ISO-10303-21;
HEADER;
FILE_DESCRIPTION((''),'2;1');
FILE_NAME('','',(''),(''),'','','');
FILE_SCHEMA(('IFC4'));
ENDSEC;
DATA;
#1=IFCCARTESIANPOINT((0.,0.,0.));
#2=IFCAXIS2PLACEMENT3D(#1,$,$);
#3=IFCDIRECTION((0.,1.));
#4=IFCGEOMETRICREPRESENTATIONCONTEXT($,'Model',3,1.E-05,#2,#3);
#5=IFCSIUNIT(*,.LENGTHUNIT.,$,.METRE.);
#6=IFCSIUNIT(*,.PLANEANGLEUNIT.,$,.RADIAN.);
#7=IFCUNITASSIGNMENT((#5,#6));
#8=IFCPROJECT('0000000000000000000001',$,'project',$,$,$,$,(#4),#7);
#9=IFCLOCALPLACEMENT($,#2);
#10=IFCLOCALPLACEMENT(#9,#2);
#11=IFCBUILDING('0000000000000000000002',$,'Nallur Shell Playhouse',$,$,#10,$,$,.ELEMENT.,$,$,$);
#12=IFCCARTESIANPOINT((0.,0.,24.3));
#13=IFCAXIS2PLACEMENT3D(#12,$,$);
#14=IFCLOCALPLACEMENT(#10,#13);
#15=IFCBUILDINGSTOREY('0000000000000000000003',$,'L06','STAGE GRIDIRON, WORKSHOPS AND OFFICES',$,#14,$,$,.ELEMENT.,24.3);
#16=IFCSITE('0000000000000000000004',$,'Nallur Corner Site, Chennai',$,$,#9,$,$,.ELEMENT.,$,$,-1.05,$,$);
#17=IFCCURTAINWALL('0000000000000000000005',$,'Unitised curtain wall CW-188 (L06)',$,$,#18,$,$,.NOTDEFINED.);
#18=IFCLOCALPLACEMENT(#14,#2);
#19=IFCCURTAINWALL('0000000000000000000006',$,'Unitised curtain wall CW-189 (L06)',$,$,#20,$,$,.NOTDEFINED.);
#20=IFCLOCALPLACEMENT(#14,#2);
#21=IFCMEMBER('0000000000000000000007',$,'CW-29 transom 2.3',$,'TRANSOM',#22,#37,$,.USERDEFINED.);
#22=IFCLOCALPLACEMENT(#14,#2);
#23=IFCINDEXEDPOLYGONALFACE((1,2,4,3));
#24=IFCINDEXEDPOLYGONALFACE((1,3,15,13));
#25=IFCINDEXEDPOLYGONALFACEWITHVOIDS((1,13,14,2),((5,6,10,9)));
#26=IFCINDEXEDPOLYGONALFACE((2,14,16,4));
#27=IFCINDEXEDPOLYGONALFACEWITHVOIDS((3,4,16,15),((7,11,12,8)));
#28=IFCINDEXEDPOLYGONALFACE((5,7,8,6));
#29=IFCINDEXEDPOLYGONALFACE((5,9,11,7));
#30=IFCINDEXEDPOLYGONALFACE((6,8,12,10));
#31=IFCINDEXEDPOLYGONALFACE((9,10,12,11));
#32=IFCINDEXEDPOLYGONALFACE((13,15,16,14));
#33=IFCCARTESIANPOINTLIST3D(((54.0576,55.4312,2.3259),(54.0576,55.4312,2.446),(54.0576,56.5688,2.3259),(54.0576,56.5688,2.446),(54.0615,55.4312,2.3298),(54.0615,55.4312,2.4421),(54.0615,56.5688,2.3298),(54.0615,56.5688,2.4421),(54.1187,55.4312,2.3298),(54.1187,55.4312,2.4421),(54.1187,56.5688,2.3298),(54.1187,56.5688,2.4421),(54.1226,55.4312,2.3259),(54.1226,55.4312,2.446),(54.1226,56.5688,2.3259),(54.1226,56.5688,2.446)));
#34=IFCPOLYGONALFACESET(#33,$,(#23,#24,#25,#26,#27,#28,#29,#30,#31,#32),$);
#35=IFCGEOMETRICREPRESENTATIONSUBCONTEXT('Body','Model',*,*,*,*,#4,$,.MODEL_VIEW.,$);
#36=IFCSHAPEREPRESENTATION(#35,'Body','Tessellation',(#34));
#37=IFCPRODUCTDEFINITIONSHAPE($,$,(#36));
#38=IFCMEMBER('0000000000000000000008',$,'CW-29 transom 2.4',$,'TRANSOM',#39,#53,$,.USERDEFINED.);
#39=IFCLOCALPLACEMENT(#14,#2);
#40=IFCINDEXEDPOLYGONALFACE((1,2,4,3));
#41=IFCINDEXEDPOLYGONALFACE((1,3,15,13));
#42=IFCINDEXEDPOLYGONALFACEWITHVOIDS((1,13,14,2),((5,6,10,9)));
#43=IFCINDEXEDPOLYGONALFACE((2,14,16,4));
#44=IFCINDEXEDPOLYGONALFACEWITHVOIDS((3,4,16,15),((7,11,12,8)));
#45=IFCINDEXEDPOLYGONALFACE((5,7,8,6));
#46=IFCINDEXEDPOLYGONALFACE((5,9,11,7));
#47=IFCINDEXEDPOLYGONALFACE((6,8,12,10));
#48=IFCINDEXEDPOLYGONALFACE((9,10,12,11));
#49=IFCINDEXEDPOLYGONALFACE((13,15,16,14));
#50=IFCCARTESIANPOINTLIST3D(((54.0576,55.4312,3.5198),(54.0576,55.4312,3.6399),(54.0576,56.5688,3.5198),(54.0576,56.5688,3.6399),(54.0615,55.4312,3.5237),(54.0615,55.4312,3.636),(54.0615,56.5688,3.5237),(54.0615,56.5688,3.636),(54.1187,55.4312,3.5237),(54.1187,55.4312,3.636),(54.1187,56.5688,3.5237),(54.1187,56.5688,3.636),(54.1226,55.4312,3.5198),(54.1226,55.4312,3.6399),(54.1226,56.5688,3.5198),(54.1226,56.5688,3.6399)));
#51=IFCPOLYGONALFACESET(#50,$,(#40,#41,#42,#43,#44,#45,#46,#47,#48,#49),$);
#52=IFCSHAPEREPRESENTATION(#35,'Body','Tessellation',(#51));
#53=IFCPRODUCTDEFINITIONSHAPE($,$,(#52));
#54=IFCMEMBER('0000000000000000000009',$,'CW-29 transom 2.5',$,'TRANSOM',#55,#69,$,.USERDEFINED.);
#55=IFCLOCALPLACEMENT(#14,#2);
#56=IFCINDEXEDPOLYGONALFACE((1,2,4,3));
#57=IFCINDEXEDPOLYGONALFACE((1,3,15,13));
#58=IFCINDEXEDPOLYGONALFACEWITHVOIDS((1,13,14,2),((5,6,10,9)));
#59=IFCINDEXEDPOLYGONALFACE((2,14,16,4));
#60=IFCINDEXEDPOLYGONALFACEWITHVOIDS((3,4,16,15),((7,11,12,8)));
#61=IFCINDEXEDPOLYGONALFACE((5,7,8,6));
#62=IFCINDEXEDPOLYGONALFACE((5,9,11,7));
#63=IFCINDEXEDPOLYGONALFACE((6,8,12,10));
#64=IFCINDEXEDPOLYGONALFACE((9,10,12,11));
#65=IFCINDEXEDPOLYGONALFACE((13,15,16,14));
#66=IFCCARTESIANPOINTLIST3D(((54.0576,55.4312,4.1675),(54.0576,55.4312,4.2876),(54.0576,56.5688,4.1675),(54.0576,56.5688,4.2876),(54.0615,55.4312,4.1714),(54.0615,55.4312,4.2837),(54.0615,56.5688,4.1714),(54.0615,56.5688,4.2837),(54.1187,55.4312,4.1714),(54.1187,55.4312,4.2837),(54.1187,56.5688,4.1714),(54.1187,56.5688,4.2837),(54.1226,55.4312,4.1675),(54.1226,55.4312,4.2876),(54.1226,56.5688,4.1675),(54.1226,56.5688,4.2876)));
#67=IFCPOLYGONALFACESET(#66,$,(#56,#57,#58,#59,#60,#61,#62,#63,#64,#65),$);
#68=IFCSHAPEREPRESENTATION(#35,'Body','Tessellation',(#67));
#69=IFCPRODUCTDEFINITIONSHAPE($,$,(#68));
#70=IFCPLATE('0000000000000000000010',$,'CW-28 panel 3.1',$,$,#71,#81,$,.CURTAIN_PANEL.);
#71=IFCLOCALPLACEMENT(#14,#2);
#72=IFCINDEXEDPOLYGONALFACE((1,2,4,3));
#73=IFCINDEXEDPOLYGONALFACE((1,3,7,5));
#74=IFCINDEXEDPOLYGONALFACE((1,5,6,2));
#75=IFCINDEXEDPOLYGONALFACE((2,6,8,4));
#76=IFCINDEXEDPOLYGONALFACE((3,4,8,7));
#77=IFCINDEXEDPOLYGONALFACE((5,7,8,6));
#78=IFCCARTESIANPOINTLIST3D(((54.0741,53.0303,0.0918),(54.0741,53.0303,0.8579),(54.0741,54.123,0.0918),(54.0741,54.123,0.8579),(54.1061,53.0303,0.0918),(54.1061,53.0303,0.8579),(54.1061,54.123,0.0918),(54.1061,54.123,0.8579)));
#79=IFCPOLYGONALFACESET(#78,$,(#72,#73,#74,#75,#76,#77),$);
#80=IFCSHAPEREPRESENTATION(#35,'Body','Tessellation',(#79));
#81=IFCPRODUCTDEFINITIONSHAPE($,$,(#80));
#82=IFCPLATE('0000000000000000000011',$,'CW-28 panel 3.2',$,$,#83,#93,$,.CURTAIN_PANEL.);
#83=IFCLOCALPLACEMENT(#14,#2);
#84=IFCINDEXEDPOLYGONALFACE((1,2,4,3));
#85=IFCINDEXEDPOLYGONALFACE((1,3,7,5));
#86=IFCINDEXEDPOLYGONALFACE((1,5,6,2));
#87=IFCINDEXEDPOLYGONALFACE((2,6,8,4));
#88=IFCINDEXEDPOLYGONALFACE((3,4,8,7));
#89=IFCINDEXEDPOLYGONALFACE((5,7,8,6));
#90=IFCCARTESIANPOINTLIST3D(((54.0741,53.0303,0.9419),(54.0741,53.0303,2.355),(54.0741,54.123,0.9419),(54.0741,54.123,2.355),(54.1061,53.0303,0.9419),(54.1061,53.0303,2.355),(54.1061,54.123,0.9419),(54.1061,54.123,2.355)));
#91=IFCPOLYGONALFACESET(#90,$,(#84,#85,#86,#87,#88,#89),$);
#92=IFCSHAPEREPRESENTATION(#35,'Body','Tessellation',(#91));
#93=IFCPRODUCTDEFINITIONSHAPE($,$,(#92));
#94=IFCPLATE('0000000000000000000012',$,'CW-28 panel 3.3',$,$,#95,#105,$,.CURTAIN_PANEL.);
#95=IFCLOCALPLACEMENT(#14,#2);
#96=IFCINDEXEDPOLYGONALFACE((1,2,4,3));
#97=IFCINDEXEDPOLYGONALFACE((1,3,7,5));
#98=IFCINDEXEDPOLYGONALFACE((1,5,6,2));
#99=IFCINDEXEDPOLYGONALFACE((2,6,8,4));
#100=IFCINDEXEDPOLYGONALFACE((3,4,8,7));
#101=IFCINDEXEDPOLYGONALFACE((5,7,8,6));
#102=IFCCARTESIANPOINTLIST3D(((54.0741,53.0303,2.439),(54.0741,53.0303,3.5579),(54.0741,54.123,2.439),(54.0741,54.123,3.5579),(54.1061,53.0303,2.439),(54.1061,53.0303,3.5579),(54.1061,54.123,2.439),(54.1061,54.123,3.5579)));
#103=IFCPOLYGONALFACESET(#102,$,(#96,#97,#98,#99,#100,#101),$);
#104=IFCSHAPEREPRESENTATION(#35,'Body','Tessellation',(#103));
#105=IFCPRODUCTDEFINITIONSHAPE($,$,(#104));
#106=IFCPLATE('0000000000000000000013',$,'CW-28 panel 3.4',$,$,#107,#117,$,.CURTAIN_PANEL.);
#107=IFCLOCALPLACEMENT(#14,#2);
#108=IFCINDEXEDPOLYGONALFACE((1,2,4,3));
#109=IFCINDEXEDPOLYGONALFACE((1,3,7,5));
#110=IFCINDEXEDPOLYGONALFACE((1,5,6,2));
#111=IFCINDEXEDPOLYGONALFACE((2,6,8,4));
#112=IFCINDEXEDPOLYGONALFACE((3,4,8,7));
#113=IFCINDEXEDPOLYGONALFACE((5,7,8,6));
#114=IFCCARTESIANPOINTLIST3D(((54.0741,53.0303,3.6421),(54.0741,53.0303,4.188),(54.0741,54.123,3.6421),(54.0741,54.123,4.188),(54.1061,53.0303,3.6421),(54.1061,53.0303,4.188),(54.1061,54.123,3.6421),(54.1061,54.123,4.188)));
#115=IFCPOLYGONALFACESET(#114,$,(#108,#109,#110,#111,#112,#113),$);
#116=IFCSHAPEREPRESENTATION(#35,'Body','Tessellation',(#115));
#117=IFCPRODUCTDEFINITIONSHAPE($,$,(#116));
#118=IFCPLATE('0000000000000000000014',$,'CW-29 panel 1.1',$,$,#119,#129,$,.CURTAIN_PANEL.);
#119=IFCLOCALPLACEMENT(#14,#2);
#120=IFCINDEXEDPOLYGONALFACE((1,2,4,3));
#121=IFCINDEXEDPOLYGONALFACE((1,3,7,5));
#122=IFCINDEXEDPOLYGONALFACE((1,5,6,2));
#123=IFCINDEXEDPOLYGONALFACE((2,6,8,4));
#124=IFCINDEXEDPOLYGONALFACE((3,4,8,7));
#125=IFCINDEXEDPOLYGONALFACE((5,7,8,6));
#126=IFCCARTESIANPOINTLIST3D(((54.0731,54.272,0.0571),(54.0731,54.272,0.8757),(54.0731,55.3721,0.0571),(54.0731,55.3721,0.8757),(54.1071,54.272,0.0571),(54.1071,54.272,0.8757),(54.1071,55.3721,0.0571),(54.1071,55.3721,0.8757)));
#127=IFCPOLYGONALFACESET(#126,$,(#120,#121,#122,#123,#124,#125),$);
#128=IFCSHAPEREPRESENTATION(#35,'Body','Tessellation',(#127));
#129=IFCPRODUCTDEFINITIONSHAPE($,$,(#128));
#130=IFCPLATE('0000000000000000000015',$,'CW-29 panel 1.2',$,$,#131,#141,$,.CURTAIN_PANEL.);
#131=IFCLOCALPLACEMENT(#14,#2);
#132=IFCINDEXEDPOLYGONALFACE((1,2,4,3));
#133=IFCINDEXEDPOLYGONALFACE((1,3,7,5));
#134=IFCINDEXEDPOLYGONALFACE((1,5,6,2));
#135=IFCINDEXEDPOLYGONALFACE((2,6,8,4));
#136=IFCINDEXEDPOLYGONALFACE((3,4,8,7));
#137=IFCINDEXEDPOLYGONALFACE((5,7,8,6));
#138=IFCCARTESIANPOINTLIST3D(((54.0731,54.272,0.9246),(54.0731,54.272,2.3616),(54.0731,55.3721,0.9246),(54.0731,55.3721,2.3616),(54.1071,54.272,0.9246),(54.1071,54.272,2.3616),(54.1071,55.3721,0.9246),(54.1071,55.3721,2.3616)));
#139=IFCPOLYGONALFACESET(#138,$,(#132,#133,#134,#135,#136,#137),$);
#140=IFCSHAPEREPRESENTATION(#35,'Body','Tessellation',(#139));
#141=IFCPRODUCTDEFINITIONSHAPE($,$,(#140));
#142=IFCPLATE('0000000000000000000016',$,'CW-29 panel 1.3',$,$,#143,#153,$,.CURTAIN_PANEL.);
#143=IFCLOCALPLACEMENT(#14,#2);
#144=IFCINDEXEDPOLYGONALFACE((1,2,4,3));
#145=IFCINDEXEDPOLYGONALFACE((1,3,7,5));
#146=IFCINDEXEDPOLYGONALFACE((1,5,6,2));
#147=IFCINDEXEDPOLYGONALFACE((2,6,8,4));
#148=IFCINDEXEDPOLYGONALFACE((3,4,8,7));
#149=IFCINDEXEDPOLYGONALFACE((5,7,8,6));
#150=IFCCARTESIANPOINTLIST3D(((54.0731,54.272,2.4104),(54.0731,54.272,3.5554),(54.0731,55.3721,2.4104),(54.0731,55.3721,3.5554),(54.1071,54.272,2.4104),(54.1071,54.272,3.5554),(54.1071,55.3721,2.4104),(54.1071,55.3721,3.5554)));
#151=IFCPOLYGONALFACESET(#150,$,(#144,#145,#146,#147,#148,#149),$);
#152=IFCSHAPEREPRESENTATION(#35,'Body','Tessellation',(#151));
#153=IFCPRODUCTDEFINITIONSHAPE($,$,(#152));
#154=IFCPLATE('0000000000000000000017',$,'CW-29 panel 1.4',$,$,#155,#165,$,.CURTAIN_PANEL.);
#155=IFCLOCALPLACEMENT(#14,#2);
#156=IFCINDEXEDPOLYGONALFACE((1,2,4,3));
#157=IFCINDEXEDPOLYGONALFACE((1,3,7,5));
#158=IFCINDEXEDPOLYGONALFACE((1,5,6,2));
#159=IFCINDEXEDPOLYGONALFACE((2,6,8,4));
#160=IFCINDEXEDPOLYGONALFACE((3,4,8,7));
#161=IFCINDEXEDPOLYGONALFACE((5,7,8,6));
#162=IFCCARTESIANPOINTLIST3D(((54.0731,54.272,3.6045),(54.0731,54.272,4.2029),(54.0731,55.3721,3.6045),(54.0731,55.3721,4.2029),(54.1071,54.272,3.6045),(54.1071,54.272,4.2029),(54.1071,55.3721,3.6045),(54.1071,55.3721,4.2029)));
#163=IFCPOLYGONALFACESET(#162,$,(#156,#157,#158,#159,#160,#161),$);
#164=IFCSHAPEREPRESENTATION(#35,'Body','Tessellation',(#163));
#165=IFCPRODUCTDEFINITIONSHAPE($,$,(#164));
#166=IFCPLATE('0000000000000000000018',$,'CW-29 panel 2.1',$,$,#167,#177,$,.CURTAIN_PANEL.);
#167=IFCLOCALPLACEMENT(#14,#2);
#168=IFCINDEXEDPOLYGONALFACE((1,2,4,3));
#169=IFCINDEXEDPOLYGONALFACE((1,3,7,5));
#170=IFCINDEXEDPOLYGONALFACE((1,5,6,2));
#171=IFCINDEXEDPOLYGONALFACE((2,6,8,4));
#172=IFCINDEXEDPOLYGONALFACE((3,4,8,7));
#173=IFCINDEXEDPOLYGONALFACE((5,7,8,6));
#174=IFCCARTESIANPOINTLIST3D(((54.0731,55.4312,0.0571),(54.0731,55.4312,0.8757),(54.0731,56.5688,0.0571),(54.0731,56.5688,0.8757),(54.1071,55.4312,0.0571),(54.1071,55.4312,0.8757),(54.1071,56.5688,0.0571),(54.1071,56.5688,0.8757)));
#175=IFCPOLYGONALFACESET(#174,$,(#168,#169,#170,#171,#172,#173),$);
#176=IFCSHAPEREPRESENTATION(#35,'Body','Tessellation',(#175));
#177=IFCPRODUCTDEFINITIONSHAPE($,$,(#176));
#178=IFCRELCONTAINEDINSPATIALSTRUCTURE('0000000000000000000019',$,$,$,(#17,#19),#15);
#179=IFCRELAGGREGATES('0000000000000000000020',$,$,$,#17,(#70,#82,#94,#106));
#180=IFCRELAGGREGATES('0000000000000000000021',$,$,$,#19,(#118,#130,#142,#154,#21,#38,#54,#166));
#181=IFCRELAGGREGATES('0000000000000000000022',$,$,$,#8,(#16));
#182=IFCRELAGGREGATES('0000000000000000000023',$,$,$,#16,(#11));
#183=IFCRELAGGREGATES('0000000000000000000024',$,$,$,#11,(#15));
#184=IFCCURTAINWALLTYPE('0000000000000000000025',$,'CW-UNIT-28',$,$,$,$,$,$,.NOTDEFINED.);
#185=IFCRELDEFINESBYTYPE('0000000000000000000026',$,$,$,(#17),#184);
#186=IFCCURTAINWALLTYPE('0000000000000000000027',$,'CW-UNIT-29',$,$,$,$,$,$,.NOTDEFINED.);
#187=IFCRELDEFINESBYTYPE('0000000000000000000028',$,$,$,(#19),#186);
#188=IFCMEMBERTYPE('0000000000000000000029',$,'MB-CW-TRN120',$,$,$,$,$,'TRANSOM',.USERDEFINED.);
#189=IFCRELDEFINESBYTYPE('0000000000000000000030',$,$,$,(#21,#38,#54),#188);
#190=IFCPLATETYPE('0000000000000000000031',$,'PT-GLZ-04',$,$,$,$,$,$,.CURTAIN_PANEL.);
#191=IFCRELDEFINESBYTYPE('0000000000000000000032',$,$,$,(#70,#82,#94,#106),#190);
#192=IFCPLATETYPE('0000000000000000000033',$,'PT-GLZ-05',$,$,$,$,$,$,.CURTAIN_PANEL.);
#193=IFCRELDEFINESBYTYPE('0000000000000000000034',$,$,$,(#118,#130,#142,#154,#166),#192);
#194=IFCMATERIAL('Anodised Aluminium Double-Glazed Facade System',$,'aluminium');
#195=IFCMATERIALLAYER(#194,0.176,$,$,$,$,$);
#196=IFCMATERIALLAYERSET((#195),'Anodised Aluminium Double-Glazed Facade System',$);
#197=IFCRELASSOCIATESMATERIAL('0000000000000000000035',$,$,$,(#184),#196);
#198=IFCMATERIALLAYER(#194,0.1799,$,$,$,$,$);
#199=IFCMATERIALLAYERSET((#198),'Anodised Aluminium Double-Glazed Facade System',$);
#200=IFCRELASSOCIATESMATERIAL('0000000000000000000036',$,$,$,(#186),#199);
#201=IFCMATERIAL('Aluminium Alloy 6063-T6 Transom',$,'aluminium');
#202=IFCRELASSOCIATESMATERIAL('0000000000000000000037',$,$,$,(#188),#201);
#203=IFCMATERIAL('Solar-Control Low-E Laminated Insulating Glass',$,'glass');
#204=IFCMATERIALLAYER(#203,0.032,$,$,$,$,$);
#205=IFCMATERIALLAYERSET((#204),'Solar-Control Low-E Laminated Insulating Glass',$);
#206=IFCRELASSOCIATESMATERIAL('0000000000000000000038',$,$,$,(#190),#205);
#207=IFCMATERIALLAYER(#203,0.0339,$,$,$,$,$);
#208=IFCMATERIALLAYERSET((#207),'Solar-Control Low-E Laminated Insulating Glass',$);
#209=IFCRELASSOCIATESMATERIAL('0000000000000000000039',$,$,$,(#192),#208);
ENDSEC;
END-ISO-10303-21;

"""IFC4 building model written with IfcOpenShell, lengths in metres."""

from ifc_helpers import new_model, si_unit, direction, frame, origin, origin_2d, place, context, subcontext, project, spatial, rectangle, hollow_rectangle, extrude, material, layer, layer_set, material_profile, profile_set, type_object, element, aggregate, save


model = new_model("IFC4")

# Units and contexts
model_context = context("Model", 3, precision=1e-05, world=origin(), true_north=direction((0.0, 1.0)))
body_context = subcontext(model_context, "Body", "Model", "MODEL_VIEW")
ifc_project = project(units=[si_unit("LENGTHUNIT", "METRE"), si_unit("PLANEANGLEUNIT", "RADIAN")], contexts=[model_context])

# Site, building, storey
site_placement = place(None, origin())
site = spatial("IfcSite", under=ifc_project, at=site_placement, Name="Nallur Corner Site, Chennai", CompositionType="ELEMENT", RefElevation=-1.05)
building_placement = place(site_placement, origin())
building = spatial("IfcBuilding", under=site, at=building_placement, Name="Nallur Shell Playhouse", CompositionType="ELEMENT")
storey_placement = place(building_placement, frame((0.0, 0.0, 24.3)))
storey = spatial("IfcBuildingStorey", under=building, at=storey_placement, Name="L06", Description="STAGE GRIDIRON, WORKSHOPS AND OFFICES", CompositionType="ELEMENT", Elevation=24.3)

# Curtain wall
ifc_material_1 = material(Name="Anodised Aluminium Double-Glazed Facade System", Category="aluminium")
ifc_layer_1 = layer(ifc_material_1, 0.176)
ifc_layer_set_1 = layer_set([ifc_layer_1], Name="Anodised Aluminium Double-Glazed Facade System")
curtain_wall_type_1 = type_object("IfcCurtainWallType", Name="CW-UNIT-28", PredefinedType="NOTDEFINED", material=ifc_layer_set_1)
curtain_wall_1_placement = place(storey_placement, origin())
curtain_wall_1 = element("IfcCurtainWall", 1, at=curtain_wall_1_placement, inside=storey, type_object=curtain_wall_type_1, Name="Unitised curtain wall CW-188 (L06)", PredefinedType="NOTDEFINED")

# Curtain wall, members
ifc_layer_2 = layer(ifc_material_1, 0.1799)
ifc_layer_set_2 = layer_set([ifc_layer_2], Name="Anodised Aluminium Double-Glazed Facade System")
curtain_wall_type_2 = type_object("IfcCurtainWallType", Name="CW-UNIT-29", PredefinedType="NOTDEFINED", material=ifc_layer_set_2)
curtain_wall_2_placement = place(storey_placement, origin())
curtain_wall_2 = element("IfcCurtainWall", 2, at=curtain_wall_2_placement, inside=storey, type_object=curtain_wall_type_2, Name="Unitised curtain wall CW-189 (L06)", PredefinedType="NOTDEFINED")
ifc_material_2 = material(Name="Aluminium Alloy 6063-T6 Transom", Category="aluminium")
ifc_material_profile_1 = material_profile(ifc_material_2, hollow_rectangle(XDim=0.0649, YDim=0.1201, WallThickness=0.0039, at=origin_2d()), Name="ALU 65x120x4")
ifc_profile_set_1 = profile_set([ifc_material_profile_1], Name="Aluminium Alloy 6063-T6 Transom")
member_type_1 = type_object("IfcMemberType", Name="MB-CW-TRN120", ElementType="TRANSOM", PredefinedType="USERDEFINED", material=ifc_profile_set_1)
member_1_placement = place(storey_placement, frame((54.0901, 55.4312, 2.386), z_axis=(0.0, 1.0, 0.0), x_axis=(-1.0, 0.0, 0.0)))
member_1 = element("IfcMember", 3, at=member_1_placement, type_object=member_type_1, Name="CW-29 transom 2.3", ObjectType="TRANSOM", PredefinedType="USERDEFINED", context=body_context, shape_type="SweptSolid", body=[
    extrude(hollow_rectangle(XDim=0.0649, YDim=0.1201, WallThickness=0.0039, at=origin_2d()), origin(), (0.0, 0.0, 1.0), 1.1377),
])
member_2_placement = place(storey_placement, frame((54.0901, 55.4312, 3.5798), z_axis=(0.0, 1.0, 0.0), x_axis=(-1.0, 0.0, 0.0)))
member_2 = element("IfcMember", 4, at=member_2_placement, type_object=member_type_1, Name="CW-29 transom 2.4", ObjectType="TRANSOM", PredefinedType="USERDEFINED", context=body_context, shape_type="SweptSolid", body=[
    extrude(hollow_rectangle(XDim=0.0649, YDim=0.1201, WallThickness=0.0039, at=origin_2d()), origin(), (0.0, 0.0, 1.0), 1.1377),
])
member_3_placement = place(storey_placement, frame((54.0901, 55.4312, 4.2275), z_axis=(0.0, 1.0, 0.0), x_axis=(-1.0, 0.0, 0.0)))
member_3 = element("IfcMember", 5, at=member_3_placement, type_object=member_type_1, Name="CW-29 transom 2.5", ObjectType="TRANSOM", PredefinedType="USERDEFINED", context=body_context, shape_type="SweptSolid", body=[
    extrude(hollow_rectangle(XDim=0.0649, YDim=0.1201, WallThickness=0.0039, at=origin_2d()), origin(), (0.0, 0.0, 1.0), 1.1377),
])

# Plates
ifc_material_3 = material(Name="Solar-Control Low-E Laminated Insulating Glass", Category="glass")
ifc_layer_3 = layer(ifc_material_3, 0.032)
ifc_layer_set_3 = layer_set([ifc_layer_3], Name="Solar-Control Low-E Laminated Insulating Glass")
plate_type_1 = type_object("IfcPlateType", Name="PT-GLZ-04", PredefinedType="CURTAIN_PANEL", material=ifc_layer_set_3)
plate_1_placement = place(storey_placement, frame((54.0901, 53.5767, 0.0918), z_axis=(0.0, 0.0, 1.0), x_axis=(0.0, 1.0, 0.0)))
plate_1 = element("IfcPlate", 6, at=plate_1_placement, type_object=plate_type_1, Name="CW-28 panel 3.1", PredefinedType="CURTAIN_PANEL", context=body_context, shape_type="SweptSolid", body=[
    extrude(rectangle(XDim=1.0928, YDim=0.032, at=origin_2d()), origin(), (0.0, 0.0, 1.0), 0.7661),
])
plate_2_placement = place(storey_placement, frame((54.0901, 53.5767, 0.9419), z_axis=(0.0, 0.0, 1.0), x_axis=(0.0, 1.0, 0.0)))
plate_2 = element("IfcPlate", 7, at=plate_2_placement, type_object=plate_type_1, Name="CW-28 panel 3.2", PredefinedType="CURTAIN_PANEL", context=body_context, shape_type="SweptSolid", body=[
    extrude(rectangle(XDim=1.0928, YDim=0.032, at=origin_2d()), origin(), (0.0, 0.0, 1.0), 1.4131),
])
plate_3_placement = place(storey_placement, frame((54.0901, 53.5767, 2.439), z_axis=(0.0, 0.0, 1.0), x_axis=(0.0, 1.0, 0.0)))
plate_3 = element("IfcPlate", 8, at=plate_3_placement, type_object=plate_type_1, Name="CW-28 panel 3.3", PredefinedType="CURTAIN_PANEL", context=body_context, shape_type="SweptSolid", body=[
    extrude(rectangle(XDim=1.0928, YDim=0.032, at=origin_2d()), origin(), (0.0, 0.0, 1.0), 1.1189),
])
plate_4_placement = place(storey_placement, frame((54.0901, 53.5767, 3.6421), z_axis=(0.0, 0.0, 1.0), x_axis=(0.0, 1.0, 0.0)))
plate_4 = element("IfcPlate", 9, at=plate_4_placement, type_object=plate_type_1, Name="CW-28 panel 3.4", PredefinedType="CURTAIN_PANEL", context=body_context, shape_type="SweptSolid", body=[
    extrude(rectangle(XDim=1.0928, YDim=0.032, at=origin_2d()), origin(), (0.0, 0.0, 1.0), 0.5459),
])
aggregate(curtain_wall_1, [plate_1, plate_2, plate_3, plate_4])
ifc_layer_4 = layer(ifc_material_3, 0.0339)
ifc_layer_set_4 = layer_set([ifc_layer_4], Name="Solar-Control Low-E Laminated Insulating Glass")
plate_type_2 = type_object("IfcPlateType", Name="PT-GLZ-05", PredefinedType="CURTAIN_PANEL", material=ifc_layer_set_4)
plate_5_placement = place(storey_placement, frame((54.0901, 54.822, 0.0571), z_axis=(0.0, 0.0, 1.0), x_axis=(0.0, 1.0, 0.0)))
plate_5 = element("IfcPlate", 10, at=plate_5_placement, type_object=plate_type_2, Name="CW-29 panel 1.1", PredefinedType="CURTAIN_PANEL", context=body_context, shape_type="SweptSolid", body=[
    extrude(rectangle(XDim=1.1001, YDim=0.0339, at=origin_2d()), origin(), (0.0, 0.0, 1.0), 0.8186),
])
plate_6_placement = place(storey_placement, frame((54.0901, 54.822, 0.9246), z_axis=(0.0, 0.0, 1.0), x_axis=(0.0, 1.0, 0.0)))
plate_6 = element("IfcPlate", 11, at=plate_6_placement, type_object=plate_type_2, Name="CW-29 panel 1.2", PredefinedType="CURTAIN_PANEL", context=body_context, shape_type="SweptSolid", body=[
    extrude(rectangle(XDim=1.1001, YDim=0.0339, at=origin_2d()), origin(), (0.0, 0.0, 1.0), 1.437),
])
plate_7_placement = place(storey_placement, frame((54.0901, 54.822, 2.4104), z_axis=(0.0, 0.0, 1.0), x_axis=(0.0, 1.0, 0.0)))
plate_7 = element("IfcPlate", 12, at=plate_7_placement, type_object=plate_type_2, Name="CW-29 panel 1.3", PredefinedType="CURTAIN_PANEL", context=body_context, shape_type="SweptSolid", body=[
    extrude(rectangle(XDim=1.1001, YDim=0.0339, at=origin_2d()), origin(), (0.0, 0.0, 1.0), 1.145),
])
plate_8_placement = place(storey_placement, frame((54.0901, 54.822, 3.6045), z_axis=(0.0, 0.0, 1.0), x_axis=(0.0, 1.0, 0.0)))
plate_8 = element("IfcPlate", 13, at=plate_8_placement, type_object=plate_type_2, Name="CW-29 panel 1.4", PredefinedType="CURTAIN_PANEL", context=body_context, shape_type="SweptSolid", body=[
    extrude(rectangle(XDim=1.1001, YDim=0.0339, at=origin_2d()), origin(), (0.0, 0.0, 1.0), 0.5984),
])
plate_9_placement = place(storey_placement, frame((54.0901, 56.0, 0.0571), z_axis=(0.0, 0.0, 1.0), x_axis=(0.0, 1.0, 0.0)))
plate_9 = element("IfcPlate", 14, at=plate_9_placement, type_object=plate_type_2, Name="CW-29 panel 2.1", PredefinedType="CURTAIN_PANEL", context=body_context, shape_type="SweptSolid", body=[
    extrude(rectangle(XDim=1.1377, YDim=0.0339, at=origin_2d()), origin(), (0.0, 0.0, 1.0), 0.8186),
])
aggregate(curtain_wall_2, [plate_5, plate_6, plate_7, plate_8, member_1, member_2, member_3, plate_9])

save(model, "model.ifc")
